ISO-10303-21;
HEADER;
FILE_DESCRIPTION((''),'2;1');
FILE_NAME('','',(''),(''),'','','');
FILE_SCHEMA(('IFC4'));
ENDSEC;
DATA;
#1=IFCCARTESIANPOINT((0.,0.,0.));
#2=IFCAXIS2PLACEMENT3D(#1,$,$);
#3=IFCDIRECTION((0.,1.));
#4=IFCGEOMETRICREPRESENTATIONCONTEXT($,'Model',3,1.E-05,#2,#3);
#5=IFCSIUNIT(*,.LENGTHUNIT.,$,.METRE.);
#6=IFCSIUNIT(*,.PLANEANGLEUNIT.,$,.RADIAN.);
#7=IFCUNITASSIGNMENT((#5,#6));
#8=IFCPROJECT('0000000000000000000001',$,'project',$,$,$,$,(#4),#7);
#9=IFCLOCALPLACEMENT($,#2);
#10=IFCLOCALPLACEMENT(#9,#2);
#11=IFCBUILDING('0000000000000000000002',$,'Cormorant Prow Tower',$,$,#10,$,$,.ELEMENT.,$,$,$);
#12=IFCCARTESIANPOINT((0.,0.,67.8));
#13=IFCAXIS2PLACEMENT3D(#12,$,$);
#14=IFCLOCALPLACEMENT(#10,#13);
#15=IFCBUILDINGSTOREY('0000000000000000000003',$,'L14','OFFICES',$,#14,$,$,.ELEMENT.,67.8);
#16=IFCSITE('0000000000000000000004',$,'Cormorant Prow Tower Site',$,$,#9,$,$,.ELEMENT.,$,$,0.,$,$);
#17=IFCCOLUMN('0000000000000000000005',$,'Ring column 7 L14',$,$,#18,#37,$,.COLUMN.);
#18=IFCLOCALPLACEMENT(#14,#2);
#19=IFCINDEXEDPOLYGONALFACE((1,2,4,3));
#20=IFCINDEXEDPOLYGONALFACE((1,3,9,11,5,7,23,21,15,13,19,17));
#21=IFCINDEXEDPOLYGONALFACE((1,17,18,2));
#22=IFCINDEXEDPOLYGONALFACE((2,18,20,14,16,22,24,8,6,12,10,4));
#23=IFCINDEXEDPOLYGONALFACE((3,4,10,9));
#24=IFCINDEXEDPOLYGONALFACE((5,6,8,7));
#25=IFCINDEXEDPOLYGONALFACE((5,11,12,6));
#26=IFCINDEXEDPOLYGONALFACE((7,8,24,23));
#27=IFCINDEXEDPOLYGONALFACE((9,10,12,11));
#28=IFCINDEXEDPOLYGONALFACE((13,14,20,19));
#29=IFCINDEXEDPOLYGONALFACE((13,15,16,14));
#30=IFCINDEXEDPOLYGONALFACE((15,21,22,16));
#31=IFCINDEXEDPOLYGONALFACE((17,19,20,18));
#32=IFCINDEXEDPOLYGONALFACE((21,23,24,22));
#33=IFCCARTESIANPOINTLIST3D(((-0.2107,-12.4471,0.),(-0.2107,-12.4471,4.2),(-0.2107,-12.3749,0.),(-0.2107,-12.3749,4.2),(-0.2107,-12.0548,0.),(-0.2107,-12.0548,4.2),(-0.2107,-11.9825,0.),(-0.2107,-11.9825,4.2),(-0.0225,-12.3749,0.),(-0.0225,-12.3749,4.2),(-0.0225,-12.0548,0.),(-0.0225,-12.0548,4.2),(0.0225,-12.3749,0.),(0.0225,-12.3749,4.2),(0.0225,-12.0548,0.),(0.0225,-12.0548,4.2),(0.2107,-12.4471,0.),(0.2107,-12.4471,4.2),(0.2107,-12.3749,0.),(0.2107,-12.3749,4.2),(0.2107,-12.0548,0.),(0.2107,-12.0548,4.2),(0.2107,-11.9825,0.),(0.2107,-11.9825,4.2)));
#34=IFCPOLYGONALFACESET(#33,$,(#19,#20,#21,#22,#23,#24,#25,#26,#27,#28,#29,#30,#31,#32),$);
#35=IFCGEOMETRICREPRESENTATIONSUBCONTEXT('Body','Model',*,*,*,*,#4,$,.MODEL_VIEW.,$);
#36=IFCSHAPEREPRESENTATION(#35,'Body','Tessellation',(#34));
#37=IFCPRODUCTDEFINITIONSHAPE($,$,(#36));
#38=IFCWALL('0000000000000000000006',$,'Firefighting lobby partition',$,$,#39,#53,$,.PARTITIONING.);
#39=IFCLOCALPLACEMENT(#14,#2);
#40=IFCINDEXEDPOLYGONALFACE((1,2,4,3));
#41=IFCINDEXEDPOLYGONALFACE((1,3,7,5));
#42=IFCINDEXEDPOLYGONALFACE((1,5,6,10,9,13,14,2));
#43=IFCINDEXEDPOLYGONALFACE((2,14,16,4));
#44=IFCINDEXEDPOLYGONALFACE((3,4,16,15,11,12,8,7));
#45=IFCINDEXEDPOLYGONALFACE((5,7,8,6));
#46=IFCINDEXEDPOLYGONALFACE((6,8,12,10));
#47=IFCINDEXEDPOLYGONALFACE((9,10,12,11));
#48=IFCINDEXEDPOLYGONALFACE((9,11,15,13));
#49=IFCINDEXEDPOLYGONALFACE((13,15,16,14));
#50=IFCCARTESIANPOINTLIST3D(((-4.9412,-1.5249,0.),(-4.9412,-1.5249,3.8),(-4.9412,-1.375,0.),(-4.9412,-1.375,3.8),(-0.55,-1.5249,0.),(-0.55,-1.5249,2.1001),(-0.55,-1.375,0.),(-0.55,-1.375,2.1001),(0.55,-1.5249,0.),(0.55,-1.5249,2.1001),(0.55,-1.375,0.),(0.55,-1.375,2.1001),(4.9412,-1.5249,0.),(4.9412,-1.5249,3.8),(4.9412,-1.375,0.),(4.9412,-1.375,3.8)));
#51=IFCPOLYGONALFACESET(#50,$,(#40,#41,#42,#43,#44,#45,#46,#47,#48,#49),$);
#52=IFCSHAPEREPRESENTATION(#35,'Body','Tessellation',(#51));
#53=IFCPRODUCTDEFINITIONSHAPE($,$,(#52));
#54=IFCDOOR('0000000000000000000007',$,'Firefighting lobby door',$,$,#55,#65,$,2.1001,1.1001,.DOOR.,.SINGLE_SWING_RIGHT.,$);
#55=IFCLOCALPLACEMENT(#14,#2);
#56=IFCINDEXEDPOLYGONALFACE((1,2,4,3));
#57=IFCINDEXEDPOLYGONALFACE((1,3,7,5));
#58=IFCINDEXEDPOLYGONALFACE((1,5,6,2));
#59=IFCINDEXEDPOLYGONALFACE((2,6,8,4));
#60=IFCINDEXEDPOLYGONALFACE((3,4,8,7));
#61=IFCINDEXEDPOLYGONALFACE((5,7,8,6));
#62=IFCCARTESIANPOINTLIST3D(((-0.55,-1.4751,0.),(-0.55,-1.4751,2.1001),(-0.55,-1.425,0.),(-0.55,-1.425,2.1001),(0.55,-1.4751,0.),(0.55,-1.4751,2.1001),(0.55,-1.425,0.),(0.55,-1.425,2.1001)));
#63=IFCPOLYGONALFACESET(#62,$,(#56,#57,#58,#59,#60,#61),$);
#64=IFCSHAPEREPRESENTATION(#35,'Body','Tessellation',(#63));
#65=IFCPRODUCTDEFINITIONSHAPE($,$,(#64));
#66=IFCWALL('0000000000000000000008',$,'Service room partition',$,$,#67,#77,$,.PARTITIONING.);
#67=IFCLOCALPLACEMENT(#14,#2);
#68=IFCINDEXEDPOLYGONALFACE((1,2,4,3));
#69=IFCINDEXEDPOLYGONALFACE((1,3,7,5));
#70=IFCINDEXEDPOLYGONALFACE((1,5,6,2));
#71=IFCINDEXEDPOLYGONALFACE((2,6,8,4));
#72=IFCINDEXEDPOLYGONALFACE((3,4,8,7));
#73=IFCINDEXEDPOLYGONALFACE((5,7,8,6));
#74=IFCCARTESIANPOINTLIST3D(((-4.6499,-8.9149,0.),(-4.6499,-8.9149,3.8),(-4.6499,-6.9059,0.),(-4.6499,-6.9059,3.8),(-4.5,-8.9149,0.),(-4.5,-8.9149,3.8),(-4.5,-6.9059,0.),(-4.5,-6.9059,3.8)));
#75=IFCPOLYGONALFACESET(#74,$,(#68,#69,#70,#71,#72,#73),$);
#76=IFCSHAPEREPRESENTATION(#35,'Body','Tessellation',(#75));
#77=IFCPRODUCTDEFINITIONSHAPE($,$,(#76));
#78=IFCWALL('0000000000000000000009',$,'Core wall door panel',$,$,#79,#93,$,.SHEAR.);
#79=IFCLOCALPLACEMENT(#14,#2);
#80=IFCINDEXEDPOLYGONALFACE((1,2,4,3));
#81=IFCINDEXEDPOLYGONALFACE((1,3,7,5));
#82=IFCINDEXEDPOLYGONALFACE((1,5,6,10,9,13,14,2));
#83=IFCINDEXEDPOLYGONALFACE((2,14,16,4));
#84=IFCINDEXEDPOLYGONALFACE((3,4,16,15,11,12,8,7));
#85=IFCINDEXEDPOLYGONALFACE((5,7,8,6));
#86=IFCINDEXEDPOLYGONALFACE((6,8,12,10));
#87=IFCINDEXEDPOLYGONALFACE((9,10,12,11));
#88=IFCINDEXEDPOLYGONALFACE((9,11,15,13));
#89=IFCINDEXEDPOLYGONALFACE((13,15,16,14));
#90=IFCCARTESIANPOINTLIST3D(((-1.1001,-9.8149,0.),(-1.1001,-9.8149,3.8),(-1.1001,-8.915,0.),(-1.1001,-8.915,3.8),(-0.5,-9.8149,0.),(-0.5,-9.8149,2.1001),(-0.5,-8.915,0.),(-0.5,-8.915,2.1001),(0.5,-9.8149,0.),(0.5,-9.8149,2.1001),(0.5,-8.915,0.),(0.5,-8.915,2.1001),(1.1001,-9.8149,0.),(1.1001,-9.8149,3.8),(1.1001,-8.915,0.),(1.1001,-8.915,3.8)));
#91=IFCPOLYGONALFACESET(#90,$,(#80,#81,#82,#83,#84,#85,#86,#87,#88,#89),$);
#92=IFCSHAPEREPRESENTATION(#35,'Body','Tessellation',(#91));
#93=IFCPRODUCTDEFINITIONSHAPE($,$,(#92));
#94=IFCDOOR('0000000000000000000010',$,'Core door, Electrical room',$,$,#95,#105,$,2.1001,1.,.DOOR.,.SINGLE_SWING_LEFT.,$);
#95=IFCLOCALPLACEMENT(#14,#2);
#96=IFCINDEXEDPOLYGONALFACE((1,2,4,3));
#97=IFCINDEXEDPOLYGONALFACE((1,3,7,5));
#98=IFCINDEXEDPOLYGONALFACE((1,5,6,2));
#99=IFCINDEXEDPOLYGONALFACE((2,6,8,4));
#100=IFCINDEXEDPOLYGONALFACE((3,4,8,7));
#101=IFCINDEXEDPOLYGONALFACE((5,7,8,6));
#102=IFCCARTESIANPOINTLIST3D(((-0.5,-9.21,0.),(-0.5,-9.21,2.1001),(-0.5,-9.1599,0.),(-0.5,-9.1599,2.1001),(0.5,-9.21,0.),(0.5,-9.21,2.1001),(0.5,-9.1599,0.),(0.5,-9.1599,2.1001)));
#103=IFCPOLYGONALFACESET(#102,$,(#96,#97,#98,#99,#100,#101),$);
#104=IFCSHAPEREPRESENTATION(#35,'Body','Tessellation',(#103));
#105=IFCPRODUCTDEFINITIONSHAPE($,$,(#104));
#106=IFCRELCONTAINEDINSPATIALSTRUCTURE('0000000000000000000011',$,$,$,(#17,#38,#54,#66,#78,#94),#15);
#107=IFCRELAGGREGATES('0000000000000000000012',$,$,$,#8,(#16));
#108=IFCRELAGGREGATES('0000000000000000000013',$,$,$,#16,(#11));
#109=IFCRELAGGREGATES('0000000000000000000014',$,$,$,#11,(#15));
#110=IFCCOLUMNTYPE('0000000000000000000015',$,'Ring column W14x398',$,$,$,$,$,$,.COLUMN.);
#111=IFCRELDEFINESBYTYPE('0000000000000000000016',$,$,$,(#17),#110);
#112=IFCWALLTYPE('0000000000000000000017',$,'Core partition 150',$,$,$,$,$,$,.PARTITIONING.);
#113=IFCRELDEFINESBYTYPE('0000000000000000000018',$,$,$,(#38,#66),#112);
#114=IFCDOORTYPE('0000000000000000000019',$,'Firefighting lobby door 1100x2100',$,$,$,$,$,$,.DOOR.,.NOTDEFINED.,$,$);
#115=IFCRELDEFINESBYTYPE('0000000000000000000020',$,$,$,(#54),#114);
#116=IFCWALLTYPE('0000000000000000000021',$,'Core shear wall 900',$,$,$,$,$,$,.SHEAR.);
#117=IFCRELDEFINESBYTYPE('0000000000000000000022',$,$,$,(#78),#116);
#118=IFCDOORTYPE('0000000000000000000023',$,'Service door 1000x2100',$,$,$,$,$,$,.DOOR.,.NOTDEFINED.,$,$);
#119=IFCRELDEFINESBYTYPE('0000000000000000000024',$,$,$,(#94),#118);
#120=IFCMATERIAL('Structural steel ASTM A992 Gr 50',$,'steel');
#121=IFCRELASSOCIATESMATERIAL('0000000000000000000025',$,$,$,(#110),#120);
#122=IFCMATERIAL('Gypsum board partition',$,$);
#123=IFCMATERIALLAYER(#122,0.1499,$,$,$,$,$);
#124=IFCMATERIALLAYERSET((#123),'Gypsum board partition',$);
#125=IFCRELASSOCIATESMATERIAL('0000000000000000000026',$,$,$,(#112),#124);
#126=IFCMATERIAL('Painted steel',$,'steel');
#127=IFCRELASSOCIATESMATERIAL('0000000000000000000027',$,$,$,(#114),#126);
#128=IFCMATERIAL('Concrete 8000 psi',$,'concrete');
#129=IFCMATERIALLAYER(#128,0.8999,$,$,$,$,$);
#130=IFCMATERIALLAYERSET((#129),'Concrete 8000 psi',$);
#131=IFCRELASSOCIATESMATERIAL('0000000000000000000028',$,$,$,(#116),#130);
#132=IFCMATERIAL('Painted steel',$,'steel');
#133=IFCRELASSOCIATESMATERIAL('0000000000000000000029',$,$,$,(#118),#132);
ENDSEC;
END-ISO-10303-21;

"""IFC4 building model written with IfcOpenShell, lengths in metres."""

from ifc_helpers import new_model, si_unit, direction, frame, frame_2d, origin, origin_2d, place, context, subcontext, project, spatial, rectangle, i_section, extrude, material, layer, layer_set, material_profile, profile_set, type_object, element, fill, save


model = new_model("IFC4")

# Units and contexts
model_context = context("Model", 3, precision=1e-05, world=origin(), true_north=direction((0.0, 1.0)))
body_context = subcontext(model_context, "Body", "Model", "MODEL_VIEW")
ifc_project = project(units=[si_unit("LENGTHUNIT", "METRE"), si_unit("PLANEANGLEUNIT", "RADIAN")], contexts=[model_context])

# Site, building, storey
site_placement = place(None, origin())
site = spatial("IfcSite", under=ifc_project, at=site_placement, Name="Cormorant Prow Tower Site", CompositionType="ELEMENT", RefElevation=0.0)
building_placement = place(site_placement, origin())
building = spatial("IfcBuilding", under=site, at=building_placement, Name="Cormorant Prow Tower", CompositionType="ELEMENT")
storey_placement = place(building_placement, frame((0.0, 0.0, 67.8)))
storey = spatial("IfcBuildingStorey", under=building, at=storey_placement, Name="L14", Description="OFFICES", CompositionType="ELEMENT", Elevation=67.8)

# Column
ifc_material_1 = material(Name="Structural steel ASTM A992 Gr 50", Category="steel")
ifc_material_profile = material_profile(ifc_material_1, i_section(OverallWidth=0.4214, OverallDepth=0.4646, WebThickness=0.0449, FlangeThickness=0.0723, at=origin_2d()), Name="W14x398")
ifc_profile_set = profile_set([ifc_material_profile], Name="Structural steel ASTM A992 Gr 50")
column_type = type_object("IfcColumnType", Name="Ring column W14x398", PredefinedType="COLUMN", material=ifc_profile_set)
column_placement = place(storey_placement, frame((0.0, -12.2148, 0.0), z_axis=(0.0, 0.0, 1.0), x_axis=(1.0, 0.0, 0.0)))
element("IfcColumn", 1, at=column_placement, inside=storey, type_object=column_type, Name="Ring column 7 L14", PredefinedType="COLUMN", context=body_context, shape_type="SweptSolid", body=[
    extrude(i_section(OverallWidth=0.4214, OverallDepth=0.4646, WebThickness=0.0449, FlangeThickness=0.0723, at=origin_2d()), origin(), (0.0, 0.0, 1.0), 4.2),
])

# Wall, opening, door
ifc_material_2 = material(Name="Gypsum board partition")
ifc_layer_1 = layer(ifc_material_2, 0.1499)
ifc_layer_set_1 = layer_set([ifc_layer_1], Name="Gypsum board partition")
wall_type_1 = type_object("IfcWallType", Name="Core partition 150", PredefinedType="PARTITIONING", material=ifc_layer_set_1)
wall_1_placement = place(storey_placement, frame((-4.9412, -1.45, 0.0), z_axis=(0.0, 0.0, 1.0), x_axis=(1.0, 0.0, 0.0)))
wall_1 = element("IfcWall", 2, at=wall_1_placement, inside=storey, type_object=wall_type_1, Name="Firefighting lobby partition", PredefinedType="PARTITIONING", context=body_context, shape_type="SweptSolid", body=[
    extrude(rectangle(XDim=9.8823, YDim=0.1499, at=frame_2d((4.9412, 0.0))), origin(), (0.0, 0.0, 1.0), 3.8),
])
opening_1_placement = place(wall_1_placement, frame((4.3911, 0.0, 0.0)))
opening_1 = element("IfcOpeningElement", 3, at=opening_1_placement, cuts=wall_1, PredefinedType="OPENING", context=body_context, shape_type="SweptSolid", body=[
    extrude(rectangle(XDim=1.1001, YDim=2.1001, at=frame_2d((0.55, 1.05))), frame((0.0, 0.085, 0.0), z_axis=(0.0, -1.0, 0.0), x_axis=(1.0, 0.0, 0.0)), (0.0, 0.0, 1.0), 0.1699),
])
ifc_material_3 = material(Name="Painted steel", Category="steel")
door_type_1 = type_object("IfcDoorType", Name="Firefighting lobby door 1100x2100", OperationType="NOTDEFINED", PredefinedType="DOOR", material=ifc_material_3)
door_1_placement = place(opening_1_placement, origin())
door_1 = element("IfcDoor", 4, at=door_1_placement, inside=storey, type_object=door_type_1, Name="Firefighting lobby door", OperationType="SINGLE_SWING_RIGHT", OverallHeight=2.1001, OverallWidth=1.1001, PredefinedType="DOOR", context=body_context, shape_type="SweptSolid", body=[
    extrude(rectangle(XDim=1.1001, YDim=2.1001, at=frame_2d((0.55, 1.05))), frame((0.0, 0.0249, 0.0), z_axis=(0.0, -1.0, 0.0), x_axis=(1.0, 0.0, 0.0)), (0.0, 0.0, 1.0), 0.05),
])
fill(opening_1, door_1)

# Wall
wall_2_placement = place(storey_placement, frame((-4.575, -6.906, 0.0), z_axis=(0.0, 0.0, 1.0), x_axis=(0.0, -1.0, 0.0)))
element("IfcWall", 5, at=wall_2_placement, inside=storey, type_object=wall_type_1, Name="Service room partition", PredefinedType="PARTITIONING", context=body_context, shape_type="SweptSolid", body=[
    extrude(rectangle(XDim=2.009, YDim=0.1499, at=frame_2d((1.0044, 0.0))), origin(), (0.0, 0.0, 1.0), 3.8),
])

# Wall, opening, door
ifc_material_4 = material(Name="Concrete 8000 psi", Category="concrete")
ifc_layer_2 = layer(ifc_material_4, 0.8999)
ifc_layer_set_2 = layer_set([ifc_layer_2], Name="Concrete 8000 psi")
wall_type_2 = type_object("IfcWallType", Name="Core shear wall 900", PredefinedType="SHEAR", material=ifc_layer_set_2)
wall_3_placement = place(storey_placement, frame((-1.1001, -9.365, 0.0), z_axis=(0.0, 0.0, 1.0), x_axis=(1.0, 0.0, 0.0)))
wall_3 = element("IfcWall", 6, at=wall_3_placement, inside=storey, type_object=wall_type_2, Name="Core wall door panel", PredefinedType="SHEAR", context=body_context, shape_type="SweptSolid", body=[
    extrude(rectangle(XDim=2.2002, YDim=0.8999, at=frame_2d((1.1001, 0.0))), origin(), (0.0, 0.0, 1.0), 3.8),
])
opening_2_placement = place(wall_3_placement, frame((0.6001, 0.0, 0.0)))
opening_2 = element("IfcOpeningElement", 7, at=opening_2_placement, cuts=wall_3, PredefinedType="OPENING", context=body_context, shape_type="SweptSolid", body=[
    extrude(rectangle(XDim=1.0, YDim=2.1001, at=frame_2d((0.5, 1.05))), frame((0.0, 0.46, 0.0), z_axis=(0.0, -1.0, 0.0), x_axis=(1.0, 0.0, 0.0)), (0.0, 0.0, 1.0), 0.9199),
])
ifc_material_5 = material(Name="Painted steel", Category="steel")
door_type_2 = type_object("IfcDoorType", Name="Service door 1000x2100", OperationType="NOTDEFINED", PredefinedType="DOOR", material=ifc_material_5)
door_2_placement = place(opening_2_placement, origin())
door_2 = element("IfcDoor", 8, at=door_2_placement, inside=storey, type_object=door_type_2, Name="Core door, Electrical room", OperationType="SINGLE_SWING_LEFT", OverallHeight=2.1001, OverallWidth=1.0, PredefinedType="DOOR", context=body_context, shape_type="SweptSolid", body=[
    extrude(rectangle(XDim=1.0, YDim=2.1001, at=frame_2d((0.5, 1.05))), frame((0.0, 0.2051, 0.0), z_axis=(0.0, -1.0, 0.0), x_axis=(1.0, 0.0, 0.0)), (0.0, 0.0, 1.0), 0.05),
])
fill(opening_2, door_2)

save(model, "model.ifc")
